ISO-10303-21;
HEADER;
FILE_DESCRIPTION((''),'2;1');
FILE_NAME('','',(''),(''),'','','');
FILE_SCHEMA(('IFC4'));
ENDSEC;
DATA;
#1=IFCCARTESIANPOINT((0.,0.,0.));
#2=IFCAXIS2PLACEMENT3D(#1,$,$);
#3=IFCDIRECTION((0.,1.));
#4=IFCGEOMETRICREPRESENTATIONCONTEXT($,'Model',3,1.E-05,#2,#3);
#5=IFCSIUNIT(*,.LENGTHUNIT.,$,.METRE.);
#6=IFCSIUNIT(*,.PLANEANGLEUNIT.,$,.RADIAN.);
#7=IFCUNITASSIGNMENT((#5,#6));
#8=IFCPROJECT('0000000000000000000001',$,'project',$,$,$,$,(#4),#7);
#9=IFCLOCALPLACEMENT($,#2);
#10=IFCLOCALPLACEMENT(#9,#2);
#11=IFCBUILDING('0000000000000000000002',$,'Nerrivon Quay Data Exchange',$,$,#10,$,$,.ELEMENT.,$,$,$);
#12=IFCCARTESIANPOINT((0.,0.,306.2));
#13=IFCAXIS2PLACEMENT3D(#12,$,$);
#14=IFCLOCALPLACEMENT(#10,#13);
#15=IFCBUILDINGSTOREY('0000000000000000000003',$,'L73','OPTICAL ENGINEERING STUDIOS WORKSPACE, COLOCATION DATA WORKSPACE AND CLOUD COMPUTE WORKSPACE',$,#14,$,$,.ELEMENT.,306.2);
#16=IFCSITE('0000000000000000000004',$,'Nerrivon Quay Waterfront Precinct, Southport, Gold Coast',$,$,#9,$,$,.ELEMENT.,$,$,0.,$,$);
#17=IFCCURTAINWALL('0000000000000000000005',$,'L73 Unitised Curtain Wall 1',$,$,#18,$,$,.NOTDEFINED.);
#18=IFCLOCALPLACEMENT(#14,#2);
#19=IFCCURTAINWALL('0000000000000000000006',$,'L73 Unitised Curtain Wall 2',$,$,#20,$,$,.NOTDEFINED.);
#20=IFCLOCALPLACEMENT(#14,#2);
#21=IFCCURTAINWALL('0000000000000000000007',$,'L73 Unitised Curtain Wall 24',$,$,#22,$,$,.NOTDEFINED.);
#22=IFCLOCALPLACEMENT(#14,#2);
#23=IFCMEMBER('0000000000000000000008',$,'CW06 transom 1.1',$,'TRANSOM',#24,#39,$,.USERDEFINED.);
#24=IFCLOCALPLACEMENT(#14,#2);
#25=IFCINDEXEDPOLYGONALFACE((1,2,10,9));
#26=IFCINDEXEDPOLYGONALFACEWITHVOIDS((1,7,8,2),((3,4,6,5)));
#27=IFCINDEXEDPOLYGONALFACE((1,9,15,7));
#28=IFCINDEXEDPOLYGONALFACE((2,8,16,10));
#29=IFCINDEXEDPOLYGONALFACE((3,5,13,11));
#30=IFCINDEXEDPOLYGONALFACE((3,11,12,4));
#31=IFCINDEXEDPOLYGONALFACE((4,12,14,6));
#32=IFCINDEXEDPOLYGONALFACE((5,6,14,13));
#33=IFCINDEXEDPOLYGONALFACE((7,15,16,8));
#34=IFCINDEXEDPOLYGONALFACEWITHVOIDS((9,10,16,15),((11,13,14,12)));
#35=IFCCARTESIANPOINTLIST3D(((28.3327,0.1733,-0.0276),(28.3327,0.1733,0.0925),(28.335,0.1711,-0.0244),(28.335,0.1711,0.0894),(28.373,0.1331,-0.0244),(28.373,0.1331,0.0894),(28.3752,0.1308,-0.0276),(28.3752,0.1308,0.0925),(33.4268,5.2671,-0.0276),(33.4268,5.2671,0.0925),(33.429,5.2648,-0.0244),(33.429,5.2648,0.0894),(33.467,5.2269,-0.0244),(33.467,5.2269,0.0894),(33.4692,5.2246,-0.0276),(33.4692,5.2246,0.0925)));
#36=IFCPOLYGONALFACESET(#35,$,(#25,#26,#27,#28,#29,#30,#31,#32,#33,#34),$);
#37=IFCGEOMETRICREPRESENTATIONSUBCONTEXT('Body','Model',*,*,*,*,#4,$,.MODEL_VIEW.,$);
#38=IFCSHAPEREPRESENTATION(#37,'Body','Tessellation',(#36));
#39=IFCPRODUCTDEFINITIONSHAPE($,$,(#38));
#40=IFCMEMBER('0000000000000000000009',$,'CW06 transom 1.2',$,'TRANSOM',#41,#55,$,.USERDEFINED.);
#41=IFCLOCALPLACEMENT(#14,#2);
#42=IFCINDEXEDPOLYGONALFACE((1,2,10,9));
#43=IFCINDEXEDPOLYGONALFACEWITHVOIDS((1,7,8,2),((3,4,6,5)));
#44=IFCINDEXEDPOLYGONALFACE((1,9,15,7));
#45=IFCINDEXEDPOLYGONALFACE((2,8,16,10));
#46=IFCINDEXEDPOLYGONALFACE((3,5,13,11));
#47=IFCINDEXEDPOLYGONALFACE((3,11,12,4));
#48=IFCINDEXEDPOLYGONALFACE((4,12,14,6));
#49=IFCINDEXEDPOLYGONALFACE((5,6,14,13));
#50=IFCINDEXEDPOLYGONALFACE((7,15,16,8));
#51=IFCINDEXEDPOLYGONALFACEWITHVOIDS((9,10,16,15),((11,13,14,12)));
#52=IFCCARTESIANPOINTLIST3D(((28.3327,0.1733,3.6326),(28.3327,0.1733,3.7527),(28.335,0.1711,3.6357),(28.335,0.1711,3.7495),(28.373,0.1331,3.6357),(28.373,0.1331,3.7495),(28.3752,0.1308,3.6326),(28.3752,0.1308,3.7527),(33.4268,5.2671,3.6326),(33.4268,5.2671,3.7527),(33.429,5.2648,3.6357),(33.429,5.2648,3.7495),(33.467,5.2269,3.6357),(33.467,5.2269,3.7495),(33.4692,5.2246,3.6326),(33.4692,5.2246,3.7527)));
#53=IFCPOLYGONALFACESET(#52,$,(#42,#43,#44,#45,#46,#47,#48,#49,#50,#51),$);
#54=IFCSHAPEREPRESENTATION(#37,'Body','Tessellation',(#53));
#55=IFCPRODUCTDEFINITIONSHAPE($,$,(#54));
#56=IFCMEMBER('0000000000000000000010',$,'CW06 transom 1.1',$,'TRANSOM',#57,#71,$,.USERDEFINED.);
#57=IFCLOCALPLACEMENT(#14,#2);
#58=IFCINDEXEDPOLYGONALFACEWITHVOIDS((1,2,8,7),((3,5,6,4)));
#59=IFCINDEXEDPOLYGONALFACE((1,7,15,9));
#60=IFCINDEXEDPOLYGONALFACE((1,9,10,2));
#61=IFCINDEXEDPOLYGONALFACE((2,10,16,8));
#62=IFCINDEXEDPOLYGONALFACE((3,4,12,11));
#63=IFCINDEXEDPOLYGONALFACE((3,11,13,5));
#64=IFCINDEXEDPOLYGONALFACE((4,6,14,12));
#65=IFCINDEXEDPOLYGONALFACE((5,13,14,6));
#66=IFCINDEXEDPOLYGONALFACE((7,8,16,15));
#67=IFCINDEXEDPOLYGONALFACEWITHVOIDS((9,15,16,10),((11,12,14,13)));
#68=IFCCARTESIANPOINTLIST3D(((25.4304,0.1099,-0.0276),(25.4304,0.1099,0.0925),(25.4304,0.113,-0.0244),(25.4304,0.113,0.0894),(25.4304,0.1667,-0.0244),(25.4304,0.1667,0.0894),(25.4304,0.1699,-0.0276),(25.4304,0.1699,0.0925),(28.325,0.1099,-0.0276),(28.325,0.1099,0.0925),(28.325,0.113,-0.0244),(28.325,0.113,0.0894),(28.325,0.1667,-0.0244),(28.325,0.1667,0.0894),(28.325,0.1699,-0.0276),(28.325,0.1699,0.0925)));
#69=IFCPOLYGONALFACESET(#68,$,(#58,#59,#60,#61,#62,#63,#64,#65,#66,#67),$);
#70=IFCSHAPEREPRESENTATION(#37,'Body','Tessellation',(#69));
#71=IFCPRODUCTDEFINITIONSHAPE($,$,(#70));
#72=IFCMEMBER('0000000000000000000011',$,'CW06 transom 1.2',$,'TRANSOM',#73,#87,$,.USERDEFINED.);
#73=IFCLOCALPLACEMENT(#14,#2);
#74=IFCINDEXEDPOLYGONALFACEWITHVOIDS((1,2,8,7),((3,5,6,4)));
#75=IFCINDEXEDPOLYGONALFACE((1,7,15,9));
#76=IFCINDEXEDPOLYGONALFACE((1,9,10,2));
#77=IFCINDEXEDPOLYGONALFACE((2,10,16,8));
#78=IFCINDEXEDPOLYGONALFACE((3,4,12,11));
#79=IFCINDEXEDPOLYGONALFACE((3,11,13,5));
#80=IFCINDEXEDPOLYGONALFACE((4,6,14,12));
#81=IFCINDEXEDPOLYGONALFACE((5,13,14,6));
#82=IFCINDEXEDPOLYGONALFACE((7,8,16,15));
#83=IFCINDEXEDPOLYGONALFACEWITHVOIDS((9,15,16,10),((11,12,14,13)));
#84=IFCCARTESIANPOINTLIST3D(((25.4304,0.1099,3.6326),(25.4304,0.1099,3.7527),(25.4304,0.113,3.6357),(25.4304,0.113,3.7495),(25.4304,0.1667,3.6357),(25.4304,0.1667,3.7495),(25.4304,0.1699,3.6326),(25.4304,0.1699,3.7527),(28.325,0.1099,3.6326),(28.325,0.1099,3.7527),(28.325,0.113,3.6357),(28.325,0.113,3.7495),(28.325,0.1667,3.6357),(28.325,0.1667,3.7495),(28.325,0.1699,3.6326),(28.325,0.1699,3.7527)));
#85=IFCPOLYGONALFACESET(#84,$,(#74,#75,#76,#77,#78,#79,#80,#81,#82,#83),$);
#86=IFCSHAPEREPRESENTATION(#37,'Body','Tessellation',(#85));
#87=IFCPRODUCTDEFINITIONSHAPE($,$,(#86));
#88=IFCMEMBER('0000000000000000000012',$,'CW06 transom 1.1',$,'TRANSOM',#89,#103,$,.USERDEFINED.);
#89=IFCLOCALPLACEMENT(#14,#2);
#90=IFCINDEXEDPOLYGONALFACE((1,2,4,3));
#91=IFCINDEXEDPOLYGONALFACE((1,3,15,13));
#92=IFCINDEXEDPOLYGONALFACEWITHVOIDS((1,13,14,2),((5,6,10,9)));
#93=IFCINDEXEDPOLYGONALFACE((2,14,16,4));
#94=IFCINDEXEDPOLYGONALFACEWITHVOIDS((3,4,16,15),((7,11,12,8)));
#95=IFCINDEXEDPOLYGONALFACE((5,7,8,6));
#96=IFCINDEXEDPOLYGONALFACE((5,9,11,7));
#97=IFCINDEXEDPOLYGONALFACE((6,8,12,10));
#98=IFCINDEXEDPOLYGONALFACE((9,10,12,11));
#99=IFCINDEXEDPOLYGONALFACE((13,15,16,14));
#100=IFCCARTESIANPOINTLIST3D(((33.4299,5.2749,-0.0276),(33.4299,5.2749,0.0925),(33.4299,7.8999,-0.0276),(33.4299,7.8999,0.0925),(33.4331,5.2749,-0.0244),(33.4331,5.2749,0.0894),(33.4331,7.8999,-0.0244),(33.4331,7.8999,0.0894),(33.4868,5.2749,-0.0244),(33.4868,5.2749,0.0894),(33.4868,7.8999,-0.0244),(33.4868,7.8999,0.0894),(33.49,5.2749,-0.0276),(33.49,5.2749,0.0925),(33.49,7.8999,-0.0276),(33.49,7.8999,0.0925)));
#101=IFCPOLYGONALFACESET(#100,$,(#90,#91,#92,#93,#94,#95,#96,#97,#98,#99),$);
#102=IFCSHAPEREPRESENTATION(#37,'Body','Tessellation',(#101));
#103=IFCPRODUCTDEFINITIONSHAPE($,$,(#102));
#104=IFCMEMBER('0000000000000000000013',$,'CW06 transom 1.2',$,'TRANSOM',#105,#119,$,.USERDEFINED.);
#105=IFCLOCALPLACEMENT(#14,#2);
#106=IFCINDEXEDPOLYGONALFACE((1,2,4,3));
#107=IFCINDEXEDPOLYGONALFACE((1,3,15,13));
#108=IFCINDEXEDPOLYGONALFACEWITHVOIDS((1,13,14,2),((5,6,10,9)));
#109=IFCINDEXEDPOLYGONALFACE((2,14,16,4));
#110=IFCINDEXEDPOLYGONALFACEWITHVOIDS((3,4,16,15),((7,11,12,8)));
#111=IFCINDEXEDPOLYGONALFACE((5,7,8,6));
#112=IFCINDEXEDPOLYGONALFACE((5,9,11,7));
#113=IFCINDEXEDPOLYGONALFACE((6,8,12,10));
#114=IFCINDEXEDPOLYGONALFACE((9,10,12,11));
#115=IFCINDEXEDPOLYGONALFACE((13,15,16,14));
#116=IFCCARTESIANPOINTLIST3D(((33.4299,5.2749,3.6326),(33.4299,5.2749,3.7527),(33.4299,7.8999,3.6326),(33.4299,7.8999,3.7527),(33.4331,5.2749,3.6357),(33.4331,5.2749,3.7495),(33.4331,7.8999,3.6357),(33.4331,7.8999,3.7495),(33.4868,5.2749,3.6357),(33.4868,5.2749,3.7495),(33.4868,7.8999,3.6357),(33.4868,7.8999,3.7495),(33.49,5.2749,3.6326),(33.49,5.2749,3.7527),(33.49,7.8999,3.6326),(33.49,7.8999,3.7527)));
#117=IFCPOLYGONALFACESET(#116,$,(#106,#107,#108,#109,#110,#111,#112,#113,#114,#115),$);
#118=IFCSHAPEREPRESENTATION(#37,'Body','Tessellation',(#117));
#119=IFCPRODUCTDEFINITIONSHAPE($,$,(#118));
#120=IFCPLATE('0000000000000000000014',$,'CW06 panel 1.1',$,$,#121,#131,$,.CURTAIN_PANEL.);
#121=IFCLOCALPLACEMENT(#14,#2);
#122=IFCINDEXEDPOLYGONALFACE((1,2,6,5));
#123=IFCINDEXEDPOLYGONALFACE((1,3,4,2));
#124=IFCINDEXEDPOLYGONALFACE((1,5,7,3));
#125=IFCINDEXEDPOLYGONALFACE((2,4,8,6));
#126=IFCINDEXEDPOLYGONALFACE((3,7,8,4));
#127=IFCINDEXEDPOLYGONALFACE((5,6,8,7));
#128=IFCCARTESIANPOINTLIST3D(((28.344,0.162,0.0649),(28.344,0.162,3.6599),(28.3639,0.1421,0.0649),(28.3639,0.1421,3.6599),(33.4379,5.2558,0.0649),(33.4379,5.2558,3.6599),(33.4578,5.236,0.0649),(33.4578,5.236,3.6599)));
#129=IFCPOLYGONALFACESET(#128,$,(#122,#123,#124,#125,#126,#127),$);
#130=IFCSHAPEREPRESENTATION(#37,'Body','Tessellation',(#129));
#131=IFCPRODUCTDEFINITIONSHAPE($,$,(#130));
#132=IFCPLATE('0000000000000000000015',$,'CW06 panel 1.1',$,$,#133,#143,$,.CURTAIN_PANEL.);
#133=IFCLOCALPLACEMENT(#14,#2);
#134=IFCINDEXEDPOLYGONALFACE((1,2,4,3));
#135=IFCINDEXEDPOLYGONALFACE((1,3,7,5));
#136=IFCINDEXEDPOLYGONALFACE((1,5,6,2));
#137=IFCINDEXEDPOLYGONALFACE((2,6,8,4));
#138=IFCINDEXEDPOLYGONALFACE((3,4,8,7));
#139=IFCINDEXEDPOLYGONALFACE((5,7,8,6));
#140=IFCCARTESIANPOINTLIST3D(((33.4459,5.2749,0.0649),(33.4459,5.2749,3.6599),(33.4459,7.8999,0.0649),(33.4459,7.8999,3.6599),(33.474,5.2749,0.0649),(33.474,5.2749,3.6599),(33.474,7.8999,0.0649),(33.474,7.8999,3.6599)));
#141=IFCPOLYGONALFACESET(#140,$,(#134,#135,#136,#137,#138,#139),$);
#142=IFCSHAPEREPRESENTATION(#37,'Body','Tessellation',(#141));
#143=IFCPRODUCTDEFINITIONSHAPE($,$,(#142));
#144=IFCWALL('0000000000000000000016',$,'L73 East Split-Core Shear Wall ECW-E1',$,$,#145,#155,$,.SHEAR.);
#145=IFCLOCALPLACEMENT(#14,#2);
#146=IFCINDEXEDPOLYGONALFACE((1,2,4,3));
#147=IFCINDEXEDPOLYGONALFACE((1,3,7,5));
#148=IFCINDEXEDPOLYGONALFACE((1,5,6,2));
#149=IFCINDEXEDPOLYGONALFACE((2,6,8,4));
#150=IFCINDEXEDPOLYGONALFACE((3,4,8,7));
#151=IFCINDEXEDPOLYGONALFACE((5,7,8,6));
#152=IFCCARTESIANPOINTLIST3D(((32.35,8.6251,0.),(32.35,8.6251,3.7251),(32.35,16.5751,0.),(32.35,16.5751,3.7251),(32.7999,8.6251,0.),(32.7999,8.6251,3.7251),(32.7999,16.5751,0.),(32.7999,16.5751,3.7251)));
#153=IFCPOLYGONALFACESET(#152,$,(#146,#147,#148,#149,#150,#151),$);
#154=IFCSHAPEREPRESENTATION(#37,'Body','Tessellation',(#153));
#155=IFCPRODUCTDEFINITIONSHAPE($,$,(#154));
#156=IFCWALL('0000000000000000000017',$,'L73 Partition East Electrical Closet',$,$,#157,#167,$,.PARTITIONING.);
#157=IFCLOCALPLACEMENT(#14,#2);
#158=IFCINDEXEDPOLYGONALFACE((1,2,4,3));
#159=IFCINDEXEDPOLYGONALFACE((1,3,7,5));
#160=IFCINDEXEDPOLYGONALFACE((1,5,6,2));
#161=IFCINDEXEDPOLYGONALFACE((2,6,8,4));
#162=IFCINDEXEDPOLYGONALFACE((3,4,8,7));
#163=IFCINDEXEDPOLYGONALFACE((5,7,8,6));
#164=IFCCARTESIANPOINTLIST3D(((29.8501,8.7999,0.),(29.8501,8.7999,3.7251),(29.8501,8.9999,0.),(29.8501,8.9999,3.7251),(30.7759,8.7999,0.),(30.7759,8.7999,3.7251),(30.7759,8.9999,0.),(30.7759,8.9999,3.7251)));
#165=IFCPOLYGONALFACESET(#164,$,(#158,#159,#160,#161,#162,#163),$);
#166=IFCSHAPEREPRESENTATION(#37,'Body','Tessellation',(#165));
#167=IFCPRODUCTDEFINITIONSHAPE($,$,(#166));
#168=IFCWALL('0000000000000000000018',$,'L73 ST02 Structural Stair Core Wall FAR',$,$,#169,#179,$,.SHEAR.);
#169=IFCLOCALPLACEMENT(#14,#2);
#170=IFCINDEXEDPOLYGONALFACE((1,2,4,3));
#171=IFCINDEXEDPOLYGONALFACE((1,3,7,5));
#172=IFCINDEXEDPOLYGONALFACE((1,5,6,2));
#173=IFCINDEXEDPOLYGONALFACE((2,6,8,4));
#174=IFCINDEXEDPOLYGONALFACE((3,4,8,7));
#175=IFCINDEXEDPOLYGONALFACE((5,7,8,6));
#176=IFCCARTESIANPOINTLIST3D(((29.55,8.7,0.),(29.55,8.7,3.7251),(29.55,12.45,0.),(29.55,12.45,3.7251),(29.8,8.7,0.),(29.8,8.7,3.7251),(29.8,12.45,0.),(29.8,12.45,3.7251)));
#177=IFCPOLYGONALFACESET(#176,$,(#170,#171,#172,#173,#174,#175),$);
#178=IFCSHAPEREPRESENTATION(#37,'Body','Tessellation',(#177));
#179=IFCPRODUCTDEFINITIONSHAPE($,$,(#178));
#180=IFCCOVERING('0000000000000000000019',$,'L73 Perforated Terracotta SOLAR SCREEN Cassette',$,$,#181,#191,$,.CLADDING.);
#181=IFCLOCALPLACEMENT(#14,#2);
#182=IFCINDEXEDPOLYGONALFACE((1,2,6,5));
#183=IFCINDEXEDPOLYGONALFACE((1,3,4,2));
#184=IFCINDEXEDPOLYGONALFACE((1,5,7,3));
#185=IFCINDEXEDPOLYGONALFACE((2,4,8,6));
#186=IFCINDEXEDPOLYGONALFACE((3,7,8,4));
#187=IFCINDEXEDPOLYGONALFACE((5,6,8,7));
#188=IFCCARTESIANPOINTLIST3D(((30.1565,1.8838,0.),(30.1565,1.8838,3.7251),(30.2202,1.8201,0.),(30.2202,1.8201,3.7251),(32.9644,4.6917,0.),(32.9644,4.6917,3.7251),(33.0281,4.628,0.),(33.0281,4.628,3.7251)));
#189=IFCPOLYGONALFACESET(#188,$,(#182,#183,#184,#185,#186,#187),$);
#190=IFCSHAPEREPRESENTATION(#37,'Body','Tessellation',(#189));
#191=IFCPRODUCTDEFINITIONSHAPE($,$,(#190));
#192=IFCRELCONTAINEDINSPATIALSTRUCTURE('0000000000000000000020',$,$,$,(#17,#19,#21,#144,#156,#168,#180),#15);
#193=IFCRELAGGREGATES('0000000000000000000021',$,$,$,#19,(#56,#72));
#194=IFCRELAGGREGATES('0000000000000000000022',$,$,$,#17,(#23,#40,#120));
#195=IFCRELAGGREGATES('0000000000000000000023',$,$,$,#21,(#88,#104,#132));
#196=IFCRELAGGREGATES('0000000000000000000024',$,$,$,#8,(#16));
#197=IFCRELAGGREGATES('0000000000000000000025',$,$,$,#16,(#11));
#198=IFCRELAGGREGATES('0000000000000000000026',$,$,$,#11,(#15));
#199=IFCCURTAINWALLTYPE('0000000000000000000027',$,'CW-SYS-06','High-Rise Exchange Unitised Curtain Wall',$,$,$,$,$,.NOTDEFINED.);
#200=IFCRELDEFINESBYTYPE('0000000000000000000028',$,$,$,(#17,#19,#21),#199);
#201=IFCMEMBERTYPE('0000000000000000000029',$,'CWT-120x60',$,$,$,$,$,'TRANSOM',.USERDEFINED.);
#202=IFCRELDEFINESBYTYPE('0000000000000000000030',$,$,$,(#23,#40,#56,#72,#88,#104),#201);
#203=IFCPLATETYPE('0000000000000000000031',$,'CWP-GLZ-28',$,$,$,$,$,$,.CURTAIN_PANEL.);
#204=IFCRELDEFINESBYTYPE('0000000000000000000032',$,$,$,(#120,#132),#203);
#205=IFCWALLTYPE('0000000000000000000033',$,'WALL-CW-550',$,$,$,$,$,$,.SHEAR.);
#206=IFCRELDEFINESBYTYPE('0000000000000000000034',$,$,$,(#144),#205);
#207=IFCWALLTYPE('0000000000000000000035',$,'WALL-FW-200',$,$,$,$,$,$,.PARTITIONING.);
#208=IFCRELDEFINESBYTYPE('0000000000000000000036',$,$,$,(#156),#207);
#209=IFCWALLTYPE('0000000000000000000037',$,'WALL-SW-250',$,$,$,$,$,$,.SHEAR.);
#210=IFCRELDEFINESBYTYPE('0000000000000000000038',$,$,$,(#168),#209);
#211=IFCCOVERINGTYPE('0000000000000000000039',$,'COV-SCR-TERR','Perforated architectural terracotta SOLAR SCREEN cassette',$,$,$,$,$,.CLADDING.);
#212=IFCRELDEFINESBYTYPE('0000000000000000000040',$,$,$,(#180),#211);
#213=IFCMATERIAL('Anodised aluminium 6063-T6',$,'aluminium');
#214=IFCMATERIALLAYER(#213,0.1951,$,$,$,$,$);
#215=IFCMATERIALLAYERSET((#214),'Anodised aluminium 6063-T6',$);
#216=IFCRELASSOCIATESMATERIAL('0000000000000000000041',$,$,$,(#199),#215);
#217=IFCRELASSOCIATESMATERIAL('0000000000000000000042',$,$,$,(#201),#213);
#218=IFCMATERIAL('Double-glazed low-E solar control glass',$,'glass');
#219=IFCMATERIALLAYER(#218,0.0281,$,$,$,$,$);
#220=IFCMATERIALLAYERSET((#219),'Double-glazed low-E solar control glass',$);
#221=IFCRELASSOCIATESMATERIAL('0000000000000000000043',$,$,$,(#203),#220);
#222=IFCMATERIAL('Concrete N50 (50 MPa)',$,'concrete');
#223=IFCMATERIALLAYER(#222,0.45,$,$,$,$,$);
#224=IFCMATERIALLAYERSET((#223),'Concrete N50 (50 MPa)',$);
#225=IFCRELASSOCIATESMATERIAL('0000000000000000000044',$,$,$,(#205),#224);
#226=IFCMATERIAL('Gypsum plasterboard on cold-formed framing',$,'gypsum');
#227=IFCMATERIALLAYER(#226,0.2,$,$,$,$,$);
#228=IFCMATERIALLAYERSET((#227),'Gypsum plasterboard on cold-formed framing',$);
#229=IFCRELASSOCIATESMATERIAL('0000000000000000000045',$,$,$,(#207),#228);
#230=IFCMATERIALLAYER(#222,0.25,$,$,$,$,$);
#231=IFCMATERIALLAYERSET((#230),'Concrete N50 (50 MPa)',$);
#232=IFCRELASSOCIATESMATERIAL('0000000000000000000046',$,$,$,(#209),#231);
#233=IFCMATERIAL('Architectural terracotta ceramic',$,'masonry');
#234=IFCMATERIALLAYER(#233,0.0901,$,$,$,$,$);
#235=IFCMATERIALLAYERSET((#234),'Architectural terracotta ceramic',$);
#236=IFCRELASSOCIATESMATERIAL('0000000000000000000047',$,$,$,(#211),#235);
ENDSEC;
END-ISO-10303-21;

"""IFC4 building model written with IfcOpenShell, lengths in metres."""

from ifc_helpers import new_model, si_unit, direction, frame, frame_2d, origin, origin_2d, place, context, subcontext, project, spatial, rectangle, hollow_rectangle, extrude, material, layer, layer_set, material_profile, profile_set, type_object, element, aggregate, save


model = new_model("IFC4")

# Units and contexts
model_context = context("Model", 3, precision=1e-05, world=origin(), true_north=direction((0.0, 1.0)))
body_context = subcontext(model_context, "Body", "Model", "MODEL_VIEW")
ifc_project = project(units=[si_unit("LENGTHUNIT", "METRE"), si_unit("PLANEANGLEUNIT", "RADIAN")], contexts=[model_context])

# Site, building, storey
site_placement = place(None, origin())
site = spatial("IfcSite", under=ifc_project, at=site_placement, Name="Nerrivon Quay Waterfront Precinct, Southport, Gold Coast", CompositionType="ELEMENT", RefElevation=0.0)
building_placement = place(site_placement, origin())
building = spatial("IfcBuilding", under=site, at=building_placement, Name="Nerrivon Quay Data Exchange", CompositionType="ELEMENT")
storey_placement = place(building_placement, frame((0.0, 0.0, 306.2)))
storey = spatial("IfcBuildingStorey", under=building, at=storey_placement, Name="L73", Description="OPTICAL ENGINEERING STUDIOS WORKSPACE, COLOCATION DATA WORKSPACE AND CLOUD COMPUTE WORKSPACE", CompositionType="ELEMENT", Elevation=306.2)

# Shared definitions
ifc_material_1 = material(Name="Concrete N50 (50 MPa)", Category="concrete")

# Curtain wall
ifc_material_2 = material(Name="Anodised aluminium 6063-T6", Category="aluminium")
ifc_layer_1 = layer(ifc_material_2, 0.1951)
ifc_layer_set_1 = layer_set([ifc_layer_1], Name="Anodised aluminium 6063-T6")
curtain_wall_type = type_object("IfcCurtainWallType", Name="CW-SYS-06", Description="High-Rise Exchange Unitised Curtain Wall", PredefinedType="NOTDEFINED", material=ifc_layer_set_1)
curtain_wall_1_placement = place(storey_placement, origin())
curtain_wall_1 = element("IfcCurtainWall", 1, at=curtain_wall_1_placement, inside=storey, type_object=curtain_wall_type, Name="L73 Unitised Curtain Wall 1", PredefinedType="NOTDEFINED")

# Curtain wall
curtain_wall_2_placement = place(storey_placement, origin())
curtain_wall_2 = element("IfcCurtainWall", 2, at=curtain_wall_2_placement, inside=storey, type_object=curtain_wall_type, Name="L73 Unitised Curtain Wall 2", PredefinedType="NOTDEFINED")

# Curtain wall
curtain_wall_3_placement = place(storey_placement, origin())
curtain_wall_3 = element("IfcCurtainWall", 3, at=curtain_wall_3_placement, inside=storey, type_object=curtain_wall_type, Name="L73 Unitised Curtain Wall 24", PredefinedType="NOTDEFINED")

# Members
ifc_material_profile_1 = material_profile(ifc_material_2, hollow_rectangle(XDim=0.0601, YDim=0.1201, WallThickness=0.0032, at=origin_2d()), Name="ALU-TRAN-120x60")
ifc_profile_set_1 = profile_set([ifc_material_profile_1], Name="Anodised aluminium 6063-T6")
member_type_1 = type_object("IfcMemberType", Name="CWT-120x60", ElementType="TRANSOM", PredefinedType="USERDEFINED", material=ifc_profile_set_1)
member_1_placement = place(storey_placement, frame((33.448, 5.2458, 0.0325), z_axis=(-0.707124, -0.70709, 0.0), x_axis=(0.70709, -0.707124, 0.0)))
member_1 = element("IfcMember", 4, at=member_1_placement, type_object=member_type_1, Name="CW06 transom 1.1", ObjectType="TRANSOM", PredefinedType="USERDEFINED", context=body_context, shape_type="SweptSolid", body=[
    extrude(hollow_rectangle(XDim=0.0601, YDim=0.1201, WallThickness=0.0032, at=origin_2d()), origin(), (0.0, 0.0, 1.0), 7.2039),
])
member_2_placement = place(storey_placement, frame((33.448, 5.2458, 3.6926), z_axis=(-0.707124, -0.70709, 0.0), x_axis=(0.70709, -0.707124, 0.0)))
member_2 = element("IfcMember", 5, at=member_2_placement, type_object=member_type_1, Name="CW06 transom 1.2", ObjectType="TRANSOM", PredefinedType="USERDEFINED", context=body_context, shape_type="SweptSolid", body=[
    extrude(hollow_rectangle(XDim=0.0601, YDim=0.1201, WallThickness=0.0032, at=origin_2d()), origin(), (0.0, 0.0, 1.0), 7.2039),
])
member_3_placement = place(storey_placement, frame((28.325, 0.1399, 0.0325), z_axis=(-1.0, 0.0, 0.0), x_axis=(0.0, -1.0, 0.0)))
member_3 = element("IfcMember", 6, at=member_3_placement, type_object=member_type_1, Name="CW06 transom 1.1", ObjectType="TRANSOM", PredefinedType="USERDEFINED", context=body_context, shape_type="SweptSolid", body=[
    extrude(hollow_rectangle(XDim=0.0601, YDim=0.1201, WallThickness=0.0032, at=origin_2d()), origin(), (0.0, 0.0, 1.0), 2.8945),
])
member_4_placement = place(storey_placement, frame((28.325, 0.1399, 3.6926), z_axis=(-1.0, 0.0, 0.0), x_axis=(0.0, -1.0, 0.0)))
member_4 = element("IfcMember", 7, at=member_4_placement, type_object=member_type_1, Name="CW06 transom 1.2", ObjectType="TRANSOM", PredefinedType="USERDEFINED", context=body_context, shape_type="SweptSolid", body=[
    extrude(hollow_rectangle(XDim=0.0601, YDim=0.1201, WallThickness=0.0032, at=origin_2d()), origin(), (0.0, 0.0, 1.0), 2.8945),
])
aggregate(curtain_wall_2, [member_3, member_4])
member_5_placement = place(storey_placement, frame((33.46, 7.8999, 0.0325), z_axis=(0.0, -1.0, 0.0), x_axis=(1.0, 0.0, 0.0)))
member_5 = element("IfcMember", 8, at=member_5_placement, type_object=member_type_1, Name="CW06 transom 1.1", ObjectType="TRANSOM", PredefinedType="USERDEFINED", context=body_context, shape_type="SweptSolid", body=[
    extrude(hollow_rectangle(XDim=0.0601, YDim=0.1201, WallThickness=0.0032, at=origin_2d()), origin(), (0.0, 0.0, 1.0), 2.625),
])
member_6_placement = place(storey_placement, frame((33.46, 7.8999, 3.6926), z_axis=(0.0, -1.0, 0.0), x_axis=(1.0, 0.0, 0.0)))
member_6 = element("IfcMember", 9, at=member_6_placement, type_object=member_type_1, Name="CW06 transom 1.2", ObjectType="TRANSOM", PredefinedType="USERDEFINED", context=body_context, shape_type="SweptSolid", body=[
    extrude(hollow_rectangle(XDim=0.0601, YDim=0.1201, WallThickness=0.0032, at=origin_2d()), origin(), (0.0, 0.0, 1.0), 2.625),
])

# Plates
ifc_material_3 = material(Name="Double-glazed low-E solar control glass", Category="glass")
ifc_layer_2 = layer(ifc_material_3, 0.0281)
ifc_layer_set_2 = layer_set([ifc_layer_2], Name="Double-glazed low-E solar control glass")
plate_type = type_object("IfcPlateType", Name="CWP-GLZ-28", PredefinedType="CURTAIN_PANEL", material=ifc_layer_set_2)
plate_1_placement = place(storey_placement, frame((30.9009, 2.699, 0.0649), z_axis=(0.0, 0.0, 1.0), x_axis=(-0.707107, -0.707107, 0.0)))
plate_1 = element("IfcPlate", 10, at=plate_1_placement, type_object=plate_type, Name="CW06 panel 1.1", PredefinedType="CURTAIN_PANEL", context=body_context, shape_type="SweptSolid", body=[
    extrude(rectangle(XDim=7.2039, YDim=0.0281, at=origin_2d()), origin(), (0.0, 0.0, 1.0), 3.595),
])
aggregate(curtain_wall_1, [member_1, member_2, plate_1])
plate_2_placement = place(storey_placement, frame((33.46, 6.5874, 0.0649), z_axis=(0.0, 0.0, 1.0), x_axis=(0.0, -1.0, 0.0)))
plate_2 = element("IfcPlate", 11, at=plate_2_placement, type_object=plate_type, Name="CW06 panel 1.1", PredefinedType="CURTAIN_PANEL", context=body_context, shape_type="SweptSolid", body=[
    extrude(rectangle(XDim=2.625, YDim=0.0281, at=origin_2d()), origin(), (0.0, 0.0, 1.0), 3.595),
])
aggregate(curtain_wall_3, [member_5, member_6, plate_2])

# Walls
ifc_layer_3 = layer(ifc_material_1, 0.45)
ifc_layer_set_3 = layer_set([ifc_layer_3], Name="Concrete N50 (50 MPa)")
wall_type_1 = type_object("IfcWallType", Name="WALL-CW-550", PredefinedType="SHEAR", material=ifc_layer_set_3)
wall_1_placement = place(storey_placement, frame((32.575, 8.625, 0.0), z_axis=(0.0, 0.0, 1.0), x_axis=(0.0, 1.0, 0.0)))
element("IfcWall", 12, at=wall_1_placement, inside=storey, type_object=wall_type_1, Name="L73 East Split-Core Shear Wall ECW-E1", PredefinedType="SHEAR", context=body_context, shape_type="SweptSolid", body=[
    extrude(rectangle(XDim=7.95, YDim=0.45, at=frame_2d((3.9751, 0.0))), origin(), (0.0, 0.0, 1.0), 3.7251),
])
ifc_material_4 = material(Name="Gypsum plasterboard on cold-formed framing", Category="gypsum")
ifc_layer_4 = layer(ifc_material_4, 0.2)
ifc_layer_set_4 = layer_set([ifc_layer_4], Name="Gypsum plasterboard on cold-formed framing")
wall_type_2 = type_object("IfcWallType", Name="WALL-FW-200", PredefinedType="PARTITIONING", material=ifc_layer_set_4)
wall_2_placement = place(storey_placement, frame((29.8501, 8.8999, 0.0), z_axis=(0.0, 0.0, 1.0), x_axis=(1.0, 0.0, 0.0)))
element("IfcWall", 13, at=wall_2_placement, inside=storey, type_object=wall_type_2, Name="L73 Partition East Electrical Closet", PredefinedType="PARTITIONING", context=body_context, shape_type="SweptSolid", body=[
    extrude(rectangle(XDim=0.9258, YDim=0.2, at=frame_2d((0.4629, 0.0))), origin(), (0.0, 0.0, 1.0), 3.7251),
])
ifc_layer_5 = layer(ifc_material_1, 0.25)
ifc_layer_set_5 = layer_set([ifc_layer_5], Name="Concrete N50 (50 MPa)")
wall_type_3 = type_object("IfcWallType", Name="WALL-SW-250", PredefinedType="SHEAR", material=ifc_layer_set_5)
wall_3_placement = place(storey_placement, frame((29.675, 8.7, 0.0), z_axis=(0.0, 0.0, 1.0), x_axis=(0.0, 1.0, 0.0)))
element("IfcWall", 14, at=wall_3_placement, inside=storey, type_object=wall_type_3, Name="L73 ST02 Structural Stair Core Wall FAR", PredefinedType="SHEAR", context=body_context, shape_type="SweptSolid", body=[
    extrude(rectangle(XDim=3.75, YDim=0.25, at=frame_2d((1.875, 0.0))), origin(), (0.0, 0.0, 1.0), 3.7251),
])

# Covering
ifc_material_5 = material(Name="Architectural terracotta ceramic", Category="masonry")
ifc_layer_6 = layer(ifc_material_5, 0.0901)
ifc_layer_set_6 = layer_set([ifc_layer_6], Name="Architectural terracotta ceramic")
covering_type = type_object("IfcCoveringType", Name="COV-SCR-TERR", Description="Perforated architectural terracotta SOLAR SCREEN cassette", PredefinedType="CLADDING", material=ifc_layer_set_6)
covering_placement = place(storey_placement, frame((31.5923, 3.2559, 0.0), z_axis=(0.0, 0.0, 1.0), x_axis=(-0.707107, -0.707107, 0.0)))
element("IfcCovering", 15, at=covering_placement, inside=storey, type_object=covering_type, Name="L73 Perforated Terracotta SOLAR SCREEN Cassette", PredefinedType="CLADDING", context=body_context, shape_type="SweptSolid", body=[
    extrude(rectangle(XDim=3.9709, YDim=0.0901, at=origin_2d()), origin(), (0.0, 0.0, 1.0), 3.7251),
])

save(model, "model.ifc")
